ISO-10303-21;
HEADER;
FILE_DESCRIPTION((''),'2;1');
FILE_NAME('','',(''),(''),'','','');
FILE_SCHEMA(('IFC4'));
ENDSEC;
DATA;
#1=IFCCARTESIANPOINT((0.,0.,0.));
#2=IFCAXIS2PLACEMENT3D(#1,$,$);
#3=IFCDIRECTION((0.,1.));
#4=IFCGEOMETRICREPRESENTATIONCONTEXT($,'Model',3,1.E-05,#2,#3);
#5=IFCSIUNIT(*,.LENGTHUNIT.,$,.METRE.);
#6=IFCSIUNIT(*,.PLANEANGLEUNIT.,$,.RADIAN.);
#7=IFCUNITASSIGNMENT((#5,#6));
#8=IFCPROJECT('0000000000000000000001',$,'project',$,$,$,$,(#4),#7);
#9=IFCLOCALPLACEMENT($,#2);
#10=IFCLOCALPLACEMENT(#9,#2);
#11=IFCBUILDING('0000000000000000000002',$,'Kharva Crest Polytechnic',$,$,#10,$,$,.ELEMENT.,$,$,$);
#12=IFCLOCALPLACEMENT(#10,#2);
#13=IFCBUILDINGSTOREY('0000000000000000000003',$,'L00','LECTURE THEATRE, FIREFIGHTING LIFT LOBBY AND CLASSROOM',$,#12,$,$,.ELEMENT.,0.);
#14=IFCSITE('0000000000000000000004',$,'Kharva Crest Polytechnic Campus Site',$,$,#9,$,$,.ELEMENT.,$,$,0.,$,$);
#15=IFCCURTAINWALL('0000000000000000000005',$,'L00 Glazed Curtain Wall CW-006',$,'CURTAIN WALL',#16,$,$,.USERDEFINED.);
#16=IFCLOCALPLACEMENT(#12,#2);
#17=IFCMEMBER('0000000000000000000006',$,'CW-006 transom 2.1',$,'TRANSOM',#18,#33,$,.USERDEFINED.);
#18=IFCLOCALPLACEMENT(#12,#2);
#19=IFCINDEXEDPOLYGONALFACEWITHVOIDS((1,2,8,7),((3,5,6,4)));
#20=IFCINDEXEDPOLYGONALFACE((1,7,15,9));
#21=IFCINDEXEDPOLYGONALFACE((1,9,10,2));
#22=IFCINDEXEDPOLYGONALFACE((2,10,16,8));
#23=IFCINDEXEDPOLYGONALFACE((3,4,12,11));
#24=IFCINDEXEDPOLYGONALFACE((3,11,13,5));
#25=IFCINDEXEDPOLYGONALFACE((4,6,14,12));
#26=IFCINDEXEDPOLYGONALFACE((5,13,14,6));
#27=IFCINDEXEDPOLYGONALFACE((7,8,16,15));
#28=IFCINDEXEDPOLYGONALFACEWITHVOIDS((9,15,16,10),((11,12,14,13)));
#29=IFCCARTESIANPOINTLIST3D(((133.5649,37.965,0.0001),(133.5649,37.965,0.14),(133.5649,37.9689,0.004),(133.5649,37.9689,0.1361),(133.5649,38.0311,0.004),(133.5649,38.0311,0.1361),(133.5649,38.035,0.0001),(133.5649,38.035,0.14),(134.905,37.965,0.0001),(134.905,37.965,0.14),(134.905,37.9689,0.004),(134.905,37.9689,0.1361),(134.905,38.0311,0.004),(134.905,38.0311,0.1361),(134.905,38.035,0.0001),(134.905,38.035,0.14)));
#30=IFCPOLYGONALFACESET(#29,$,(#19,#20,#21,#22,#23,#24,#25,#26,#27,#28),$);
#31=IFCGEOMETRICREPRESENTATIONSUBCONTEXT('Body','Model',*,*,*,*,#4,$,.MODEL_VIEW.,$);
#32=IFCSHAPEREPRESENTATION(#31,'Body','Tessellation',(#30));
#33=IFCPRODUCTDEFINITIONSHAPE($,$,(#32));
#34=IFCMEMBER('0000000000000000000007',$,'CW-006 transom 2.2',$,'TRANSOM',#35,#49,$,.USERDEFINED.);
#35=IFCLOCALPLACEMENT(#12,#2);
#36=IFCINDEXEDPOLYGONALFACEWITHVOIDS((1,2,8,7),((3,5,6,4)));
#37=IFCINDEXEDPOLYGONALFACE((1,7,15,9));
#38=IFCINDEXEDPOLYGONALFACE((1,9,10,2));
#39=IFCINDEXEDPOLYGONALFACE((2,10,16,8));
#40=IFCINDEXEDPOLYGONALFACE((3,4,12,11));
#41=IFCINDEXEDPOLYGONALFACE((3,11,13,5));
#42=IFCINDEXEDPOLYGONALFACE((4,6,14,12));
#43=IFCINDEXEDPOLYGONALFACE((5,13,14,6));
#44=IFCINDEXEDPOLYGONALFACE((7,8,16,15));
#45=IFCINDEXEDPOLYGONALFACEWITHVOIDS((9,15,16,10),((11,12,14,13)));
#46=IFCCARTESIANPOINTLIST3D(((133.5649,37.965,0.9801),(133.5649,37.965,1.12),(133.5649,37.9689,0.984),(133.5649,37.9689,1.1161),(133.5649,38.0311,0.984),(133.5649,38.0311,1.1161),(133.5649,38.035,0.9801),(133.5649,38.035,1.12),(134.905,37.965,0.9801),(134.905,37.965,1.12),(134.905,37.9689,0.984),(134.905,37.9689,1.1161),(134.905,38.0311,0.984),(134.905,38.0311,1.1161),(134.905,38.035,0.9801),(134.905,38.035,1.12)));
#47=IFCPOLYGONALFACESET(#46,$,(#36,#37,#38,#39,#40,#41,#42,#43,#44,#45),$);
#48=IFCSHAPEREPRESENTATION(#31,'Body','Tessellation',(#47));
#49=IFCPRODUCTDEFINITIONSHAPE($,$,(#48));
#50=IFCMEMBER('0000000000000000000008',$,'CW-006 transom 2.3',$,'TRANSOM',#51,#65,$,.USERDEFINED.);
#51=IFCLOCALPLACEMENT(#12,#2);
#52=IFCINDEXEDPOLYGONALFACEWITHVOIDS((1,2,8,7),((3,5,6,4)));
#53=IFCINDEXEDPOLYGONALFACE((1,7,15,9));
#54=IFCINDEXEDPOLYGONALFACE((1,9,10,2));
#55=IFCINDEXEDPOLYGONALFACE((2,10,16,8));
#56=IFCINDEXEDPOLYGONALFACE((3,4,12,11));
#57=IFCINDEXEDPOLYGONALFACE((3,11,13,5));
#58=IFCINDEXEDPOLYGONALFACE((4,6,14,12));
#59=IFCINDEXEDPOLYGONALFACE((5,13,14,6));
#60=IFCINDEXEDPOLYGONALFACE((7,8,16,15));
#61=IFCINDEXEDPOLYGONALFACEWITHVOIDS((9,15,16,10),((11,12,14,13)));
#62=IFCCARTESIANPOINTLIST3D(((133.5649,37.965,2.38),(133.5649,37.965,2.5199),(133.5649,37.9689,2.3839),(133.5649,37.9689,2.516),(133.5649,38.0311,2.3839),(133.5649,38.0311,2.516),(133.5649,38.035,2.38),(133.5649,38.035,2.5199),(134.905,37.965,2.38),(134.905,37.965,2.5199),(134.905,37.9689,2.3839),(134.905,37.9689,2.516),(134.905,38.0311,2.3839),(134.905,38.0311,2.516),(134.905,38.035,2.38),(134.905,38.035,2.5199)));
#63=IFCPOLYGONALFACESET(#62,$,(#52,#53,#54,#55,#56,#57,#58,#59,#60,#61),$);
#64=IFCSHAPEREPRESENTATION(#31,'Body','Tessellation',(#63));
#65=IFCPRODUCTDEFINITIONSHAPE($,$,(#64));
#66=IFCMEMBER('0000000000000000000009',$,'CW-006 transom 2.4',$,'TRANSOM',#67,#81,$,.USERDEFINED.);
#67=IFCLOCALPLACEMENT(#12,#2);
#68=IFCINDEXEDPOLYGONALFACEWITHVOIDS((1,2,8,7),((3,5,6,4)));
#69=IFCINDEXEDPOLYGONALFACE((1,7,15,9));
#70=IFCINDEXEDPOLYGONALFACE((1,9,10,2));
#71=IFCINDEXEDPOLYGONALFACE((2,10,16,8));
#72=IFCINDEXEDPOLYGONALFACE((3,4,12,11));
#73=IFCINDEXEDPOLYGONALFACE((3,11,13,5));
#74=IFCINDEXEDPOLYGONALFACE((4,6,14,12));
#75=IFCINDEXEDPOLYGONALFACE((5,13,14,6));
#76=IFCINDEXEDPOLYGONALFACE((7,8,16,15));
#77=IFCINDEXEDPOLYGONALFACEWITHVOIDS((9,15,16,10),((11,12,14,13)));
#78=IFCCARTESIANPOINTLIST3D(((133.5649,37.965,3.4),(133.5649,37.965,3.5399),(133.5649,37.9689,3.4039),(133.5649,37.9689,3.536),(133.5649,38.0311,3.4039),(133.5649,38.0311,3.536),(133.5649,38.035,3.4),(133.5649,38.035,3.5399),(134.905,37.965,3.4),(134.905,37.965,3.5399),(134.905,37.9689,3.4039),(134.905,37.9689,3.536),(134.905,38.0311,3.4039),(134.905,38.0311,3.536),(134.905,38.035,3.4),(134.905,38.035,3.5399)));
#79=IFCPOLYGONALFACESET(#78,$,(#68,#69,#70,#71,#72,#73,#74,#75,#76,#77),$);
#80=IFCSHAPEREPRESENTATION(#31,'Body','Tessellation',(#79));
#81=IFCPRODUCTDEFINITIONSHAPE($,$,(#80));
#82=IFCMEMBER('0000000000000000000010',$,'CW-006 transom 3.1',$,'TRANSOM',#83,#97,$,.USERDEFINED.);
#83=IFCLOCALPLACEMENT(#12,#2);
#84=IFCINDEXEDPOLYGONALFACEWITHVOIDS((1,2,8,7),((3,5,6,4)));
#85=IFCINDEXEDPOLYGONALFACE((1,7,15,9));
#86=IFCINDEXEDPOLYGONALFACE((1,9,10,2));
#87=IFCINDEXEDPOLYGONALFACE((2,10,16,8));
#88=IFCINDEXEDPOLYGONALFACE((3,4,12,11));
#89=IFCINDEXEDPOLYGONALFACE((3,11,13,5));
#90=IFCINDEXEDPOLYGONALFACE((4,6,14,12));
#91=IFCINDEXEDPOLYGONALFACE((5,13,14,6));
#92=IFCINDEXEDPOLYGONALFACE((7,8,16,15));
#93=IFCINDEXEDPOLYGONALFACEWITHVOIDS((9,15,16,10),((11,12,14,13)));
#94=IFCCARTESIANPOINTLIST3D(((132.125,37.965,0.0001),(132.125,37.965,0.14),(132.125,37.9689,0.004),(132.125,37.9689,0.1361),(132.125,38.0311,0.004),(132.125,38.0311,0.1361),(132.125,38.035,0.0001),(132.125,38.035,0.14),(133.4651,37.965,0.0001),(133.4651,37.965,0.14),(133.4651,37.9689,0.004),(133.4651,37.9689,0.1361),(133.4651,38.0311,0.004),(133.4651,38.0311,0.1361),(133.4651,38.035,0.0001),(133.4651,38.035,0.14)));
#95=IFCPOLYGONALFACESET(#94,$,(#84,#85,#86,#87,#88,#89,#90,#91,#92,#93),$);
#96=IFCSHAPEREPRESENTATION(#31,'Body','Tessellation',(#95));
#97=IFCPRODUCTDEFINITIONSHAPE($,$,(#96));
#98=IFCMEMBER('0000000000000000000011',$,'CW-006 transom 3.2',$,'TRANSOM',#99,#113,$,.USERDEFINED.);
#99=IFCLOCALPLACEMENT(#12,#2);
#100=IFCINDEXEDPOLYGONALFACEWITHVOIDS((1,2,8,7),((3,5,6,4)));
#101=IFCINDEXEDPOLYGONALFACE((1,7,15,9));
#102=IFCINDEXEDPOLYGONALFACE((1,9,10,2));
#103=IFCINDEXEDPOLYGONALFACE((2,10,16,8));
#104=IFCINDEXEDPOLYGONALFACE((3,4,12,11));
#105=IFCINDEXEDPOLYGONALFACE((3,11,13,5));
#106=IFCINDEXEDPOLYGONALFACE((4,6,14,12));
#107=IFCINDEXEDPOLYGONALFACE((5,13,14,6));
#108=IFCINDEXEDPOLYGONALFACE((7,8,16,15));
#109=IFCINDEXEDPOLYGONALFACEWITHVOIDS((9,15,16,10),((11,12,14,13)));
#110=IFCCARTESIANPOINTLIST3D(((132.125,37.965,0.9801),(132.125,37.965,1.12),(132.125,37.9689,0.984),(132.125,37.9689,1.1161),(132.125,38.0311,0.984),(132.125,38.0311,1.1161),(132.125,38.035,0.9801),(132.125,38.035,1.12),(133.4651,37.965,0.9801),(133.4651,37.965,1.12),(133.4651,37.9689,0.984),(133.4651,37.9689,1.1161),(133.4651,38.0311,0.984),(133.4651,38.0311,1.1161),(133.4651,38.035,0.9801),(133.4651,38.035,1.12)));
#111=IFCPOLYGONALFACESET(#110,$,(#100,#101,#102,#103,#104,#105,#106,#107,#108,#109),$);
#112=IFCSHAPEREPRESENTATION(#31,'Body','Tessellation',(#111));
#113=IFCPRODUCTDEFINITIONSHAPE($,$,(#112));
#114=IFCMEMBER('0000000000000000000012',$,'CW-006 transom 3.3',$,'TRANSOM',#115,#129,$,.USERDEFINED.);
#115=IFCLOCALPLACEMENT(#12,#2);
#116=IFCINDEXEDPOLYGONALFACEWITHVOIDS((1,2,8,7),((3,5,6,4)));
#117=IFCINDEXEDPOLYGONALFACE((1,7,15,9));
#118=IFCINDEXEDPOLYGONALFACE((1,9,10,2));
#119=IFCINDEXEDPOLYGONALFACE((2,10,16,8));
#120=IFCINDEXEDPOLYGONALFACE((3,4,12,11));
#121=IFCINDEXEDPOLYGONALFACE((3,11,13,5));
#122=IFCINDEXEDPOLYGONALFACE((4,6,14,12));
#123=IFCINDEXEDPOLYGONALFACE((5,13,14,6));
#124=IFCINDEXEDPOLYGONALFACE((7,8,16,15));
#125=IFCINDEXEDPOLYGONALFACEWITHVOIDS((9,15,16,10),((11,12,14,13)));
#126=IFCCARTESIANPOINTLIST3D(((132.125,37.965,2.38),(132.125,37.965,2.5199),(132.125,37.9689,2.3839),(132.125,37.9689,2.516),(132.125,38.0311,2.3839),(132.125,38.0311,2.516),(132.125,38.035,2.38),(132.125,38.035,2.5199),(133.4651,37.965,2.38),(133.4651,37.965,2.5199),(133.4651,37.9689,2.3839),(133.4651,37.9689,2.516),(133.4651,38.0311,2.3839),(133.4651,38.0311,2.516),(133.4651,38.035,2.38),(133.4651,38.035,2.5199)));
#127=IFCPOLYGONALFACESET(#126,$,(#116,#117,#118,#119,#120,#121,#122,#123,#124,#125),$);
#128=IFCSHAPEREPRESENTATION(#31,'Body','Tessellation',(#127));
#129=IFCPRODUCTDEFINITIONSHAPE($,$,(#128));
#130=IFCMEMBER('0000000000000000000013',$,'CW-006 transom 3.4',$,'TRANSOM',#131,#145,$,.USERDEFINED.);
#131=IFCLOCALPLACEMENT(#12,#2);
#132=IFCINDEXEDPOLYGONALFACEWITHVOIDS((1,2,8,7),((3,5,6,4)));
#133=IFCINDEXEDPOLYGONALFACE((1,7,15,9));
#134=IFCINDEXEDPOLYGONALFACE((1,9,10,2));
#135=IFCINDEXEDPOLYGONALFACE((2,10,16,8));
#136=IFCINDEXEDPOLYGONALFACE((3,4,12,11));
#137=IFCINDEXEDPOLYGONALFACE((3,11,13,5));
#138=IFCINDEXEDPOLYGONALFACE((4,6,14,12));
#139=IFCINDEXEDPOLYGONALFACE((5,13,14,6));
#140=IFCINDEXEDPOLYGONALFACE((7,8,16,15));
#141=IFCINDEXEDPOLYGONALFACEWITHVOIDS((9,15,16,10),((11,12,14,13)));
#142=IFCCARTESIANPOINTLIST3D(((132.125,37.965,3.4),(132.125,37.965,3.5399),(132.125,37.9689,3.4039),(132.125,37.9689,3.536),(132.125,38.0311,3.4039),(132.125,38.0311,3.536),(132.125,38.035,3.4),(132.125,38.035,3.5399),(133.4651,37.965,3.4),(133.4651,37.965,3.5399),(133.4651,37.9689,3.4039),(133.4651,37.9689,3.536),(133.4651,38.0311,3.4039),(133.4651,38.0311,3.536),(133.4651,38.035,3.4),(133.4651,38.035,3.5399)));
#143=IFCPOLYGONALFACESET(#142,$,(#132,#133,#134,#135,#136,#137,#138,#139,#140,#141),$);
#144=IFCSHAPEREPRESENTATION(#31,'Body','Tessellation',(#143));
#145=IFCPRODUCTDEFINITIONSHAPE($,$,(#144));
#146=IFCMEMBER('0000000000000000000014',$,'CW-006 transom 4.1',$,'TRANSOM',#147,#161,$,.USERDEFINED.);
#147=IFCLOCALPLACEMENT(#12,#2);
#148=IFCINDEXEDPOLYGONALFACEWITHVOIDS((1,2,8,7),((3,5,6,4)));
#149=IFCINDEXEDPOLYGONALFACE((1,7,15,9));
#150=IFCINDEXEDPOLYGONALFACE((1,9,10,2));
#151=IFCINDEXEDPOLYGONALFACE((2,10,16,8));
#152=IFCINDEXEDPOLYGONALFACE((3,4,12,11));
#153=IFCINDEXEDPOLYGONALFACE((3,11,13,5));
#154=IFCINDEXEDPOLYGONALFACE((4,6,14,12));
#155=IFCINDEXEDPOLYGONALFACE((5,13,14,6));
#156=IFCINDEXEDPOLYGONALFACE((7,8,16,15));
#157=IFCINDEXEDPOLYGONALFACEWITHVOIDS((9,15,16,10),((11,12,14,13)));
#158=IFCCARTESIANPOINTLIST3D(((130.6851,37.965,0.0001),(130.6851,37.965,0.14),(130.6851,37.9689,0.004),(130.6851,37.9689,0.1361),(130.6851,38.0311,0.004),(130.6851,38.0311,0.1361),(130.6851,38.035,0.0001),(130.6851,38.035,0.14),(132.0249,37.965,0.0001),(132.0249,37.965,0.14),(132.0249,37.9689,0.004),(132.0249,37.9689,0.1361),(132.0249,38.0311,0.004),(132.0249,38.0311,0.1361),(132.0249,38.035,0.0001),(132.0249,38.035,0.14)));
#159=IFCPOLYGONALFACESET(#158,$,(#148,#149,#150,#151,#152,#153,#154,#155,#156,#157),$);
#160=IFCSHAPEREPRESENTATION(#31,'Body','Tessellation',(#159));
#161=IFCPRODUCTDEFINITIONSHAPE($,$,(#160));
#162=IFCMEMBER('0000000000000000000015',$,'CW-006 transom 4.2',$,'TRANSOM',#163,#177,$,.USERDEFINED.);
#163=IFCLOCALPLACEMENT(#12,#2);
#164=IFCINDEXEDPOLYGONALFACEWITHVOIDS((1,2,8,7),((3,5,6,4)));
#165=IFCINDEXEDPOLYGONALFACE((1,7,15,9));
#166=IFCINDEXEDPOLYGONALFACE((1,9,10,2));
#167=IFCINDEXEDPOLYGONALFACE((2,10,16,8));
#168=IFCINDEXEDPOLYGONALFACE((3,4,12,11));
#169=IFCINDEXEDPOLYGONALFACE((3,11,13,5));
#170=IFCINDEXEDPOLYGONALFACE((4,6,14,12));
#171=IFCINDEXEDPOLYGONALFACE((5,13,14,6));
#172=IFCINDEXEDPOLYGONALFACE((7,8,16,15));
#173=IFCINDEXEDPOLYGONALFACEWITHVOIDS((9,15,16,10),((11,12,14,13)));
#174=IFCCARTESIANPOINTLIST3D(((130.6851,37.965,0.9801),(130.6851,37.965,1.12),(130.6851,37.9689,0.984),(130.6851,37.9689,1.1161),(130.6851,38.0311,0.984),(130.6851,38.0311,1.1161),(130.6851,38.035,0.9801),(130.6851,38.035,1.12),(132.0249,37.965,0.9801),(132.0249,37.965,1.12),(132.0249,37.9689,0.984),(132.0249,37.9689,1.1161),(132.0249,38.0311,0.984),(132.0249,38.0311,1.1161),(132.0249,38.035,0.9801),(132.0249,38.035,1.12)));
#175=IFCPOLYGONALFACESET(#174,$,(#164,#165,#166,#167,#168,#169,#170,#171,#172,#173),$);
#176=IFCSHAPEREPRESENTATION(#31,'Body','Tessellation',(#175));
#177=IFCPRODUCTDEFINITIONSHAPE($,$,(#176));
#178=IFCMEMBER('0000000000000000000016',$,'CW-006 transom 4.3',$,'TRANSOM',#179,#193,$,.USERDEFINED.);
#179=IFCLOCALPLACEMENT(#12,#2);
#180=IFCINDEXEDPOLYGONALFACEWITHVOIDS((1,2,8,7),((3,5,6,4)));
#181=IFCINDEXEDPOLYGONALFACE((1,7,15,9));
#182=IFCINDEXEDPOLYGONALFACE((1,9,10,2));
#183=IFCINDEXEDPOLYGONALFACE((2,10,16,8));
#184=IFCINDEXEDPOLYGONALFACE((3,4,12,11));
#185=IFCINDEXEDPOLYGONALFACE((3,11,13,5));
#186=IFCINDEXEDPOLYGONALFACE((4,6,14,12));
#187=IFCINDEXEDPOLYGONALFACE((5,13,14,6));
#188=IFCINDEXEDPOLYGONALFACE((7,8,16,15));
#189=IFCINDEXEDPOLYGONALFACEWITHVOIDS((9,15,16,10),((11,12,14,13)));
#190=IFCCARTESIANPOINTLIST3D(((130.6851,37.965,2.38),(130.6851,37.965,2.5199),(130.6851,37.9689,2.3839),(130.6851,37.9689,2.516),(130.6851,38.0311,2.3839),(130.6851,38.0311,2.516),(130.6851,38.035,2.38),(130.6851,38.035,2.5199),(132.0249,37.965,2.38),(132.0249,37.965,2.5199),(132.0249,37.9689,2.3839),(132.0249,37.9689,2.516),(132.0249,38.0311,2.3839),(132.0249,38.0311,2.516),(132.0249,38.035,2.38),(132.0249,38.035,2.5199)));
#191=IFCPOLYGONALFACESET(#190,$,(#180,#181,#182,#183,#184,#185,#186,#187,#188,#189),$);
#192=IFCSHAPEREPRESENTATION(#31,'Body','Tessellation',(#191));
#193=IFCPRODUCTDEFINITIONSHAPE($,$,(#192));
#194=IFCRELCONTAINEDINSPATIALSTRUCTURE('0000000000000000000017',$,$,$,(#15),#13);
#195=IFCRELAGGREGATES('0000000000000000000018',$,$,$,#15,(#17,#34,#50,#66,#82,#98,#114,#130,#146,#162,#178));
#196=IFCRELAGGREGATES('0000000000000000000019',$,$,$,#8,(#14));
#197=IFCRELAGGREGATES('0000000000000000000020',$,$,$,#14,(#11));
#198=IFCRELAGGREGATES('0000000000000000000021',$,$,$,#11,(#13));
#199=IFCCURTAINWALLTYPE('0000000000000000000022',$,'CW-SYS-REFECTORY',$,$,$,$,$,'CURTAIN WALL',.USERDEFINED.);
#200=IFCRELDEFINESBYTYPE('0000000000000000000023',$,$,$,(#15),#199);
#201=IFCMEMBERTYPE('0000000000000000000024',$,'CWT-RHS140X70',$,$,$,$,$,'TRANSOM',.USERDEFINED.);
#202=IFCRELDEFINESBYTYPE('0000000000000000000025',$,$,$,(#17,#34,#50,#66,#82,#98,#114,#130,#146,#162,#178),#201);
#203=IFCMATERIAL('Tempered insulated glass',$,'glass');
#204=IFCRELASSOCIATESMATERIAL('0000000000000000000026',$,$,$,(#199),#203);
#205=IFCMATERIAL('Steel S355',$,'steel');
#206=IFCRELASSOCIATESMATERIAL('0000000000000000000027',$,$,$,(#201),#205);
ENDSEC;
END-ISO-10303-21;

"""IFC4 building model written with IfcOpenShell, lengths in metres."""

from ifc_helpers import new_model, si_unit, direction, frame, origin, origin_2d, place, context, subcontext, project, spatial, hollow_rectangle, extrude, material, material_profile, profile_set, type_object, element, aggregate, save


model = new_model("IFC4")

# Units and contexts
model_context = context("Model", 3, precision=1e-05, world=origin(), true_north=direction((0.0, 1.0)))
body_context = subcontext(model_context, "Body", "Model", "MODEL_VIEW")
ifc_project = project(units=[si_unit("LENGTHUNIT", "METRE"), si_unit("PLANEANGLEUNIT", "RADIAN")], contexts=[model_context])

# Site, building, storey
site_placement = place(None, origin())
site = spatial("IfcSite", under=ifc_project, at=site_placement, Name="Kharva Crest Polytechnic Campus Site", CompositionType="ELEMENT", RefElevation=0.0)
building_placement = place(site_placement, origin())
building = spatial("IfcBuilding", under=site, at=building_placement, Name="Kharva Crest Polytechnic", CompositionType="ELEMENT")
storey_placement = place(building_placement, origin())
storey = spatial("IfcBuildingStorey", under=building, at=storey_placement, Name="L00", Description="LECTURE THEATRE, FIREFIGHTING LIFT LOBBY AND CLASSROOM", CompositionType="ELEMENT", Elevation=0.0)

# Curtain wall, members
ifc_material_1 = material(Name="Tempered insulated glass", Category="glass")
curtain_wall_type = type_object("IfcCurtainWallType", Name="CW-SYS-REFECTORY", ElementType="CURTAIN WALL", PredefinedType="USERDEFINED", material=ifc_material_1)
curtain_wall_placement = place(storey_placement, origin())
curtain_wall = element("IfcCurtainWall", 1, at=curtain_wall_placement, inside=storey, type_object=curtain_wall_type, Name="L00 Glazed Curtain Wall CW-006", ObjectType="CURTAIN WALL", PredefinedType="USERDEFINED")
ifc_material_2 = material(Name="Steel S355", Category="steel")
ifc_material_profile_1 = material_profile(ifc_material_2, hollow_rectangle(XDim=0.0701, YDim=0.1399, WallThickness=0.0039, at=origin_2d()), Name="RHS 140X70X4.0")
ifc_profile_set_1 = profile_set([ifc_material_profile_1], Name="Steel S355")
member_type_1 = type_object("IfcMemberType", Name="CWT-RHS140X70", ElementType="TRANSOM", PredefinedType="USERDEFINED", material=ifc_profile_set_1)
member_1_placement = place(storey_placement, frame((134.905, 38.0, 0.0701), z_axis=(-1.0, 0.0, 0.0), x_axis=(0.0, -1.0, 0.0)))
member_1 = element("IfcMember", 2, at=member_1_placement, type_object=member_type_1, Name="CW-006 transom 2.1", ObjectType="TRANSOM", PredefinedType="USERDEFINED", context=body_context, shape_type="SweptSolid", body=[
    extrude(hollow_rectangle(XDim=0.0701, YDim=0.1399, WallThickness=0.0039, at=origin_2d()), origin(), (0.0, 0.0, 1.0), 1.3401),
])
member_2_placement = place(storey_placement, frame((134.905, 38.0, 1.05), z_axis=(-1.0, 0.0, 0.0), x_axis=(0.0, -1.0, 0.0)))
member_2 = element("IfcMember", 3, at=member_2_placement, type_object=member_type_1, Name="CW-006 transom 2.2", ObjectType="TRANSOM", PredefinedType="USERDEFINED", context=body_context, shape_type="SweptSolid", body=[
    extrude(hollow_rectangle(XDim=0.0701, YDim=0.1399, WallThickness=0.0039, at=origin_2d()), origin(), (0.0, 0.0, 1.0), 1.3401),
])
member_3_placement = place(storey_placement, frame((134.905, 38.0, 2.45), z_axis=(-1.0, 0.0, 0.0), x_axis=(0.0, -1.0, 0.0)))
member_3 = element("IfcMember", 4, at=member_3_placement, type_object=member_type_1, Name="CW-006 transom 2.3", ObjectType="TRANSOM", PredefinedType="USERDEFINED", context=body_context, shape_type="SweptSolid", body=[
    extrude(hollow_rectangle(XDim=0.0701, YDim=0.1399, WallThickness=0.0039, at=origin_2d()), origin(), (0.0, 0.0, 1.0), 1.3401),
])
member_4_placement = place(storey_placement, frame((134.905, 38.0, 3.47), z_axis=(-1.0, 0.0, 0.0), x_axis=(0.0, -1.0, 0.0)))
member_4 = element("IfcMember", 5, at=member_4_placement, type_object=member_type_1, Name="CW-006 transom 2.4", ObjectType="TRANSOM", PredefinedType="USERDEFINED", context=body_context, shape_type="SweptSolid", body=[
    extrude(hollow_rectangle(XDim=0.0701, YDim=0.1399, WallThickness=0.0039, at=origin_2d()), origin(), (0.0, 0.0, 1.0), 1.3401),
])
member_5_placement = place(storey_placement, frame((133.4651, 38.0, 0.0701), z_axis=(-1.0, 0.0, 0.0), x_axis=(0.0, -1.0, 0.0)))
member_5 = element("IfcMember", 6, at=member_5_placement, type_object=member_type_1, Name="CW-006 transom 3.1", ObjectType="TRANSOM", PredefinedType="USERDEFINED", context=body_context, shape_type="SweptSolid", body=[
    extrude(hollow_rectangle(XDim=0.0701, YDim=0.1399, WallThickness=0.0039, at=origin_2d()), origin(), (0.0, 0.0, 1.0), 1.3401),
])
member_6_placement = place(storey_placement, frame((133.4651, 38.0, 1.05), z_axis=(-1.0, 0.0, 0.0), x_axis=(0.0, -1.0, 0.0)))
member_6 = element("IfcMember", 7, at=member_6_placement, type_object=member_type_1, Name="CW-006 transom 3.2", ObjectType="TRANSOM", PredefinedType="USERDEFINED", context=body_context, shape_type="SweptSolid", body=[
    extrude(hollow_rectangle(XDim=0.0701, YDim=0.1399, WallThickness=0.0039, at=origin_2d()), origin(), (0.0, 0.0, 1.0), 1.3401),
])
member_7_placement = place(storey_placement, frame((133.4651, 38.0, 2.45), z_axis=(-1.0, 0.0, 0.0), x_axis=(0.0, -1.0, 0.0)))
member_7 = element("IfcMember", 8, at=member_7_placement, type_object=member_type_1, Name="CW-006 transom 3.3", ObjectType="TRANSOM", PredefinedType="USERDEFINED", context=body_context, shape_type="SweptSolid", body=[
    extrude(hollow_rectangle(XDim=0.0701, YDim=0.1399, WallThickness=0.0039, at=origin_2d()), origin(), (0.0, 0.0, 1.0), 1.3401),
])
member_8_placement = place(storey_placement, frame((133.4651, 38.0, 3.47), z_axis=(-1.0, 0.0, 0.0), x_axis=(0.0, -1.0, 0.0)))
member_8 = element("IfcMember", 9, at=member_8_placement, type_object=member_type_1, Name="CW-006 transom 3.4", ObjectType="TRANSOM", PredefinedType="USERDEFINED", context=body_context, shape_type="SweptSolid", body=[
    extrude(hollow_rectangle(XDim=0.0701, YDim=0.1399, WallThickness=0.0039, at=origin_2d()), origin(), (0.0, 0.0, 1.0), 1.3401),
])
member_9_placement = place(storey_placement, frame((132.0249, 38.0, 0.0701), z_axis=(-1.0, 0.0, 0.0), x_axis=(0.0, -1.0, 0.0)))
member_9 = element("IfcMember", 10, at=member_9_placement, type_object=member_type_1, Name="CW-006 transom 4.1", ObjectType="TRANSOM", PredefinedType="USERDEFINED", context=body_context, shape_type="SweptSolid", body=[
    extrude(hollow_rectangle(XDim=0.0701, YDim=0.1399, WallThickness=0.0039, at=origin_2d()), origin(), (0.0, 0.0, 1.0), 1.3398),
])
member_10_placement = place(storey_placement, frame((132.0249, 38.0, 1.05), z_axis=(-1.0, 0.0, 0.0), x_axis=(0.0, -1.0, 0.0)))
member_10 = element("IfcMember", 11, at=member_10_placement, type_object=member_type_1, Name="CW-006 transom 4.2", ObjectType="TRANSOM", PredefinedType="USERDEFINED", context=body_context, shape_type="SweptSolid", body=[
    extrude(hollow_rectangle(XDim=0.0701, YDim=0.1399, WallThickness=0.0039, at=origin_2d()), origin(), (0.0, 0.0, 1.0), 1.3398),
])
member_11_placement = place(storey_placement, frame((132.0249, 38.0, 2.45), z_axis=(-1.0, 0.0, 0.0), x_axis=(0.0, -1.0, 0.0)))
member_11 = element("IfcMember", 12, at=member_11_placement, type_object=member_type_1, Name="CW-006 transom 4.3", ObjectType="TRANSOM", PredefinedType="USERDEFINED", context=body_context, shape_type="SweptSolid", body=[
    extrude(hollow_rectangle(XDim=0.0701, YDim=0.1399, WallThickness=0.0039, at=origin_2d()), origin(), (0.0, 0.0, 1.0), 1.3398),
])

aggregate(curtain_wall, [member_1, member_2, member_3, member_4, member_5, member_6, member_7, member_8, member_9, member_10, member_11])

save(model, "model.ifc")
